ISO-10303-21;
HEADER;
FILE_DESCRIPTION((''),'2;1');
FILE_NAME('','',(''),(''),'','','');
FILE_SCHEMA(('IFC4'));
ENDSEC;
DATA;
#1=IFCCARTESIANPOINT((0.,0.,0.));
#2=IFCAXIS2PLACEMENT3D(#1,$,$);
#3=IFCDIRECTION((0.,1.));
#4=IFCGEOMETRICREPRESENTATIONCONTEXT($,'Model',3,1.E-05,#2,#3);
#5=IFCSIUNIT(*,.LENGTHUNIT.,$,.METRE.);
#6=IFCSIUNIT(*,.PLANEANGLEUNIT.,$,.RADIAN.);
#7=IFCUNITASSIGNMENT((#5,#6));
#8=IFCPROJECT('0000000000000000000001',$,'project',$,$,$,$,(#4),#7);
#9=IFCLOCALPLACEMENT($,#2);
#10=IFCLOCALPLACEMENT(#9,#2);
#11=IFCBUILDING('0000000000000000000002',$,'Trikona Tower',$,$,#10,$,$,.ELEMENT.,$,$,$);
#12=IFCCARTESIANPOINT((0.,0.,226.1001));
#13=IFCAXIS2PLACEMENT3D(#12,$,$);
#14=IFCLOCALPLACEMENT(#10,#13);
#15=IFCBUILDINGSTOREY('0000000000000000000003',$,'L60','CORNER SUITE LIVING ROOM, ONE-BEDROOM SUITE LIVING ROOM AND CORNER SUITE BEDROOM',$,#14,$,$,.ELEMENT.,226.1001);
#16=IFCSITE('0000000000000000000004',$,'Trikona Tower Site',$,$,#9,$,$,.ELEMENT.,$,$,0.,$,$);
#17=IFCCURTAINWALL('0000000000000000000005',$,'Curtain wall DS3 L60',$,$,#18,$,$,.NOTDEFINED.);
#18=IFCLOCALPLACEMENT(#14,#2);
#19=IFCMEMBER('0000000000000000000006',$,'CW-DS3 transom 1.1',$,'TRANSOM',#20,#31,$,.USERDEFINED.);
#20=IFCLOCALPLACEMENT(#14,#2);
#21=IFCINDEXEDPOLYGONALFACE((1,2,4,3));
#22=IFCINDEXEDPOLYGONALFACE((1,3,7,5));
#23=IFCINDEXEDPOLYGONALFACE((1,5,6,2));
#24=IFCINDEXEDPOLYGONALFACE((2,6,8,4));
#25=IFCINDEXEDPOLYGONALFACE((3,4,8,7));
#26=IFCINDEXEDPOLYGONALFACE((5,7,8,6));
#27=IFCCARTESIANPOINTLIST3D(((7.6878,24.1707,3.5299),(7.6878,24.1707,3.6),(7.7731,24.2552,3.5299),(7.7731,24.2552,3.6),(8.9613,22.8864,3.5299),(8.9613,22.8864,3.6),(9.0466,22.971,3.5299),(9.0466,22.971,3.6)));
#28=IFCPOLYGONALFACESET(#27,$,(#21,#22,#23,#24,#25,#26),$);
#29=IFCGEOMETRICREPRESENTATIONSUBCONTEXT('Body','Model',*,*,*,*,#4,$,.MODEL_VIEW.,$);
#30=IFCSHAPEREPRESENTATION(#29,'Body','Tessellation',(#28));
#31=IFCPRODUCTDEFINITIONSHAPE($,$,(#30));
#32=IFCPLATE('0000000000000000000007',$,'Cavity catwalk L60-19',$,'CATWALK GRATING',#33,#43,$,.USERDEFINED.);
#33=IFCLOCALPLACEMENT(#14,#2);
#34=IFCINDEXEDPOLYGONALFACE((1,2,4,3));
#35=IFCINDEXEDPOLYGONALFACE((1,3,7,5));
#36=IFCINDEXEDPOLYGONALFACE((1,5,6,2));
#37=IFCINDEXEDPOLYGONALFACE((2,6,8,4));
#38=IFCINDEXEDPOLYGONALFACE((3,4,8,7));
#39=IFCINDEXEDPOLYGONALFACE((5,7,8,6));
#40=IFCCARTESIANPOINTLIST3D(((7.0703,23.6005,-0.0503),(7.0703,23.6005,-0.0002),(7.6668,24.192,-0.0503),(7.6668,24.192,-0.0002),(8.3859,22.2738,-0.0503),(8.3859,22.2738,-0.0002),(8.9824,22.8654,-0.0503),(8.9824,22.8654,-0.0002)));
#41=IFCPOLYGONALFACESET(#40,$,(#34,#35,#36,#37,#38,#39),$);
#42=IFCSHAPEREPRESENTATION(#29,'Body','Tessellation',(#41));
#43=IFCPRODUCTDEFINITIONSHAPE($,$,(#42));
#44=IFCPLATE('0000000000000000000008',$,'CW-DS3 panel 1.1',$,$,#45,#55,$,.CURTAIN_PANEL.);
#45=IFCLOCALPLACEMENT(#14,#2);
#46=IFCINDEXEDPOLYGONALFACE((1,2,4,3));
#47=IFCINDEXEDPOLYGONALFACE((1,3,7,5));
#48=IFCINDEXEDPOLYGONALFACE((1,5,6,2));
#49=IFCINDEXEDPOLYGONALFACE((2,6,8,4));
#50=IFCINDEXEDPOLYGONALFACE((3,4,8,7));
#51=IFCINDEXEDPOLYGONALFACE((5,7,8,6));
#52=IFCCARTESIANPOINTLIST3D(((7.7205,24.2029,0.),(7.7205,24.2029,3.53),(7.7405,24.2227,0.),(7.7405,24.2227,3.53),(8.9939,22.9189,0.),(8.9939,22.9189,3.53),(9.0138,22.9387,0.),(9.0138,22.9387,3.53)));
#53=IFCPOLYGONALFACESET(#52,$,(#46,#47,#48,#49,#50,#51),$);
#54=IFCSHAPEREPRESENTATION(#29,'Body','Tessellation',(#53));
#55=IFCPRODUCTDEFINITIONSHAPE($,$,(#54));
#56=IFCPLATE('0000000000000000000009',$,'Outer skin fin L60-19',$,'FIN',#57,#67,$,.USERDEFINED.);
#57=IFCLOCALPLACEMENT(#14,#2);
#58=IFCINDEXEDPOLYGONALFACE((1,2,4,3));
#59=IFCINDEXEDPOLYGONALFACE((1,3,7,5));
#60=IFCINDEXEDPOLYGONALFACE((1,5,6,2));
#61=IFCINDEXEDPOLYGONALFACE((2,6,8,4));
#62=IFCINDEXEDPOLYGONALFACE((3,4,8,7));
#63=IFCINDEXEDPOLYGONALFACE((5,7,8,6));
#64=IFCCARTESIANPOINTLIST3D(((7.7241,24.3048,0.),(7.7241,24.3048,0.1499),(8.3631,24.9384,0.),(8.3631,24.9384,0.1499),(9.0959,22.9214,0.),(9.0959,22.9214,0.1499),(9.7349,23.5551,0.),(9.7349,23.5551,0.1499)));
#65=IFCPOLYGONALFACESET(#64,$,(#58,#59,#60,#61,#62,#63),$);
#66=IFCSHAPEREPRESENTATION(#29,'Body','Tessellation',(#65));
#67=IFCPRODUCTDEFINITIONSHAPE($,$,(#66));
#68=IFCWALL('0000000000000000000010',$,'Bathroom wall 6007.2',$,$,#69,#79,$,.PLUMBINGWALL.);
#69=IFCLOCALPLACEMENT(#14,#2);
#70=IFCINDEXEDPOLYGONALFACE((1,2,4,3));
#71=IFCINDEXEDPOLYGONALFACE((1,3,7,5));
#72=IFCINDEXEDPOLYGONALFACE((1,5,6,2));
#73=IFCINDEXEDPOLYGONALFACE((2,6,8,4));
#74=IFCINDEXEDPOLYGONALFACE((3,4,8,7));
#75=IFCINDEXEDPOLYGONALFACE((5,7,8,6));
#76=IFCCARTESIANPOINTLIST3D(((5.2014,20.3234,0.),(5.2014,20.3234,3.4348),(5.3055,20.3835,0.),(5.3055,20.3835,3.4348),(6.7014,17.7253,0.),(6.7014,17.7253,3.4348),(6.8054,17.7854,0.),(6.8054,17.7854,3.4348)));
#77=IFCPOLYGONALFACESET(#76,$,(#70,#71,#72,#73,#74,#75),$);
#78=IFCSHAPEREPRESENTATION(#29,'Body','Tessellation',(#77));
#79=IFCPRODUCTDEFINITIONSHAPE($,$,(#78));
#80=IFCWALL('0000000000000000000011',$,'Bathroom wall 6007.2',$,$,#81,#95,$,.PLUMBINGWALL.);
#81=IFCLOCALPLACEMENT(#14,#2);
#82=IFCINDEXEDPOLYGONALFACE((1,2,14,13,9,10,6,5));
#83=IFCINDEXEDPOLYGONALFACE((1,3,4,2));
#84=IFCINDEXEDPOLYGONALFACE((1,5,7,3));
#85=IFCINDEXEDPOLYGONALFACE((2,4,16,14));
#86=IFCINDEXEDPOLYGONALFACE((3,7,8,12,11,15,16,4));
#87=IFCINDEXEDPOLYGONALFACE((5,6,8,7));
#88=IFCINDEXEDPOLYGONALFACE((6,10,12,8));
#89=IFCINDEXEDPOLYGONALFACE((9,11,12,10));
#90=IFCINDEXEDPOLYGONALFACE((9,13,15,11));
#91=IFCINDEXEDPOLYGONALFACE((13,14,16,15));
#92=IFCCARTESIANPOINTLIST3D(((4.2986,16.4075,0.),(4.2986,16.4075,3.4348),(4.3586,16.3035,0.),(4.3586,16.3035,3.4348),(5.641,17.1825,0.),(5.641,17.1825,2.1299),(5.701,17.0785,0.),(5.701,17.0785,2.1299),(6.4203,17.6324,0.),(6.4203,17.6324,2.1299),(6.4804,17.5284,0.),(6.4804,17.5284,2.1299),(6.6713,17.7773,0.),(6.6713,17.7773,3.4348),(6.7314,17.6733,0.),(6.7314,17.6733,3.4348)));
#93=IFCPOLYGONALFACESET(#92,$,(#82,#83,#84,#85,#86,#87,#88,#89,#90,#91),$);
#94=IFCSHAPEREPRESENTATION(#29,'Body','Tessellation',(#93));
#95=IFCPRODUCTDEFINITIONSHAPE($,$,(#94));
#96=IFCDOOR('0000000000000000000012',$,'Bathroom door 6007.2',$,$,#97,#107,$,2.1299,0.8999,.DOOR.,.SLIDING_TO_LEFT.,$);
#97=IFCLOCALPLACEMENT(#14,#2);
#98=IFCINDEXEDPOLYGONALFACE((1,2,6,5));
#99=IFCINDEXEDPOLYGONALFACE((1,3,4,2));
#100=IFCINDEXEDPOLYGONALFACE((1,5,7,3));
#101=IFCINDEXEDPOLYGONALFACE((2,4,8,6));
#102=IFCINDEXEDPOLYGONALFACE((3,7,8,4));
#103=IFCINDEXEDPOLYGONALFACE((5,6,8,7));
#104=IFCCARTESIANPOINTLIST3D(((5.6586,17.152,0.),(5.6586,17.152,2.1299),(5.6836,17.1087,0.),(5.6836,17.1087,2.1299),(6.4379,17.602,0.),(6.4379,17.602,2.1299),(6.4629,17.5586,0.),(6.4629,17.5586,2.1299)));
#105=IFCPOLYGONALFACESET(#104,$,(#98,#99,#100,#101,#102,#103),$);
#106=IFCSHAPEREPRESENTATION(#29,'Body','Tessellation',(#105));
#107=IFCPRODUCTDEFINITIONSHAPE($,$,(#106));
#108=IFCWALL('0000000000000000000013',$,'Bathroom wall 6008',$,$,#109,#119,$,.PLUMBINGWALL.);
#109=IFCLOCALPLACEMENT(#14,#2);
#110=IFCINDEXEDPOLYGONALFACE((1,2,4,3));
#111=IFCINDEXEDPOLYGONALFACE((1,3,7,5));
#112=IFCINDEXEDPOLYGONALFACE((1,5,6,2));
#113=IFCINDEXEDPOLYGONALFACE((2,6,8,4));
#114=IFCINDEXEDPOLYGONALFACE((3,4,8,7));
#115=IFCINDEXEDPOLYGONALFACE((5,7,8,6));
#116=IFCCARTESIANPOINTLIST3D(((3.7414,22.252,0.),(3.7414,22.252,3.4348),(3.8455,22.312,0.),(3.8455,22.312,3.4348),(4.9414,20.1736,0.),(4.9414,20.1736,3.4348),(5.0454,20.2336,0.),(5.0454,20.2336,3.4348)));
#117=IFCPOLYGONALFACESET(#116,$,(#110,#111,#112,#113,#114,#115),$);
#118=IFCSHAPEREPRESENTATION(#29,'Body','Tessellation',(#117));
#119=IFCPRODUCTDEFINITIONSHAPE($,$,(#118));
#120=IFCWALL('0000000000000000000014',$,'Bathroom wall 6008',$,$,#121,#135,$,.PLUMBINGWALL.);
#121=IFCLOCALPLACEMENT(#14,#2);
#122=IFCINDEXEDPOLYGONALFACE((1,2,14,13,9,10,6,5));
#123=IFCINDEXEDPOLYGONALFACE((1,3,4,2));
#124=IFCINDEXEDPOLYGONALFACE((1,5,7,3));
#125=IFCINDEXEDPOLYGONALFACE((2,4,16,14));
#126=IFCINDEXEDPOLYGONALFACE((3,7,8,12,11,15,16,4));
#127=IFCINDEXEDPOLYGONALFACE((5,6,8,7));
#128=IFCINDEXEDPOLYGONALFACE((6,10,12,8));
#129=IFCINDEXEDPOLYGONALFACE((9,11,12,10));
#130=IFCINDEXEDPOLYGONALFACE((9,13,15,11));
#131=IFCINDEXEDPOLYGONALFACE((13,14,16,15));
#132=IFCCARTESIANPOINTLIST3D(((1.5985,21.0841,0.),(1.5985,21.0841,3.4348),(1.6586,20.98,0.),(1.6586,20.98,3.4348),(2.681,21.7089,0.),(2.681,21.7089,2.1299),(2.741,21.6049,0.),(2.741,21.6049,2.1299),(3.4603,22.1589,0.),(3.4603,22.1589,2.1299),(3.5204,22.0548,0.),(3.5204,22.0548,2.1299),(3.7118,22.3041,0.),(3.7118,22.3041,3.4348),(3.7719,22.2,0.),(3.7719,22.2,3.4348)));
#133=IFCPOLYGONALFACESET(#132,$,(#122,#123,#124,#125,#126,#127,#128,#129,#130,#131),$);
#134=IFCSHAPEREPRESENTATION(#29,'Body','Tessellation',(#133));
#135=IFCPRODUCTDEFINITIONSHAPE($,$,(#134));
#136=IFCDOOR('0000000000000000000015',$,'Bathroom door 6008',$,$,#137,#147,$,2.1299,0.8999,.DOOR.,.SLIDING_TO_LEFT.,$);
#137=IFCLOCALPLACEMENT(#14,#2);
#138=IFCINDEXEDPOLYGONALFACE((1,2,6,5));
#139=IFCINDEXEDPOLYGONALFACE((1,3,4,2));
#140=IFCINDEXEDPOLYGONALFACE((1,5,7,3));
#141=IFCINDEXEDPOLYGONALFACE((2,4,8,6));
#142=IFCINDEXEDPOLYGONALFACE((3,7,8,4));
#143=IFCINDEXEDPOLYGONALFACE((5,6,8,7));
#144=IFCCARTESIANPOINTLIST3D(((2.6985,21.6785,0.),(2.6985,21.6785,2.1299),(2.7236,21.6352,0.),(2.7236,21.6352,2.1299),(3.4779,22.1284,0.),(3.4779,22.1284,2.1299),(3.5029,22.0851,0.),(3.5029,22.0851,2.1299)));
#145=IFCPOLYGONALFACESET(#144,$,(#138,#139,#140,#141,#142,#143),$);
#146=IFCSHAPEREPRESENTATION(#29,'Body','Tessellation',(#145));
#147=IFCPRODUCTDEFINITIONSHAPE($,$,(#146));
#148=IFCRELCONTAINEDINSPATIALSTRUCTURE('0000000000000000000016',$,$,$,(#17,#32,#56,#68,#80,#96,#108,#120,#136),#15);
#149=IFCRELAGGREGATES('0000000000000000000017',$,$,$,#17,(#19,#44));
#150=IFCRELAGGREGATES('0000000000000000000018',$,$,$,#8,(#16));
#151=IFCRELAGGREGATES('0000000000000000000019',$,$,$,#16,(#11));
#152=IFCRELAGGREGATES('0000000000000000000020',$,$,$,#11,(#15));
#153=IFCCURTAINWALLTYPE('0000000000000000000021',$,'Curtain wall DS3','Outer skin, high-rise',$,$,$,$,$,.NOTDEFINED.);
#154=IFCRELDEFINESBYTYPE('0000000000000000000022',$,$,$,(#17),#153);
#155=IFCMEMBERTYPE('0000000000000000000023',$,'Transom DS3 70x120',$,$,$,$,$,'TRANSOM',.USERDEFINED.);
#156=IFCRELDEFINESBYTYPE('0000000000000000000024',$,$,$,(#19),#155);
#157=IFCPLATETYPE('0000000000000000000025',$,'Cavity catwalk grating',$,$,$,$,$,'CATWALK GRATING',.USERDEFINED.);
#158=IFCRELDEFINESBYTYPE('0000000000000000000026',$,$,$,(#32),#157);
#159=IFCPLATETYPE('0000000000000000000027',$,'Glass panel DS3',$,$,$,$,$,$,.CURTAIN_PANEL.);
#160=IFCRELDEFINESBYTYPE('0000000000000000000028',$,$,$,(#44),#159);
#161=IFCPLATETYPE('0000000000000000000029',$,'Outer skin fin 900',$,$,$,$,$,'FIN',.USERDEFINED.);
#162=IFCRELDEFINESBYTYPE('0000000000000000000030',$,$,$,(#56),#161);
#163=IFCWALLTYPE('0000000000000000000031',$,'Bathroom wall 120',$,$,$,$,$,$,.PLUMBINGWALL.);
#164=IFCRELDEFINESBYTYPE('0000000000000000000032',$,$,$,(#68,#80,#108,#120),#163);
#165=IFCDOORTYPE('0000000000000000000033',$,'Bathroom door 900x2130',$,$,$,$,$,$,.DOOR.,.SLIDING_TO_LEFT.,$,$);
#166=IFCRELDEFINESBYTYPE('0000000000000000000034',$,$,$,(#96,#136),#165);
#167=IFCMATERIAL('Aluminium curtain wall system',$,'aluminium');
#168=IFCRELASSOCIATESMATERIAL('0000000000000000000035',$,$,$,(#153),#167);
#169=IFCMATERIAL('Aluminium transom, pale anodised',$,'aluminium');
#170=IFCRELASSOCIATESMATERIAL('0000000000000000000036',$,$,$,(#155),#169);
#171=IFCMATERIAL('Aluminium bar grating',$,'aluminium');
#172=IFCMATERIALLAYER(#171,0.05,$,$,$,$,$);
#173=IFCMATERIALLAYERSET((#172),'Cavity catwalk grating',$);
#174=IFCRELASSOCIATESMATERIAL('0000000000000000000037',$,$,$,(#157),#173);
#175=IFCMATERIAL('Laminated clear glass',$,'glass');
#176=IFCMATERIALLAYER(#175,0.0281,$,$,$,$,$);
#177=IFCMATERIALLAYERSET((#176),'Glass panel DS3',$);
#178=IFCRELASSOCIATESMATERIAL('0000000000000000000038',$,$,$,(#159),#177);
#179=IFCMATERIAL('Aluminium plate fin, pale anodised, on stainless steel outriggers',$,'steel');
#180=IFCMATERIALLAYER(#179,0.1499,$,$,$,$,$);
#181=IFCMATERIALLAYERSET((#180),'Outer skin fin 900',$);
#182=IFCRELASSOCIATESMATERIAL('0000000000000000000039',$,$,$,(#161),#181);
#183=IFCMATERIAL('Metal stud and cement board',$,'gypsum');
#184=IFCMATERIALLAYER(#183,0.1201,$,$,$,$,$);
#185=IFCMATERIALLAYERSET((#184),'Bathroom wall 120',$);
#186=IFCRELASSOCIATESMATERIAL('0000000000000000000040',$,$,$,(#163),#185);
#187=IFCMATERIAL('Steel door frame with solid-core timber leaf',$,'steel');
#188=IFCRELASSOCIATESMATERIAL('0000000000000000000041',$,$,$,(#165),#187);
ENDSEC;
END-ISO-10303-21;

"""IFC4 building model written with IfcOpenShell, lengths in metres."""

from ifc_helpers import new_model, si_unit, direction, frame, frame_2d, origin, origin_2d, place, context, subcontext, project, spatial, rectangle, extrude, material, layer, layer_set, material_profile, profile_set, type_object, element, fill, aggregate, save


model = new_model("IFC4")

# Units and contexts
model_context = context("Model", 3, precision=1e-05, world=origin(), true_north=direction((0.0, 1.0)))
body_context = subcontext(model_context, "Body", "Model", "MODEL_VIEW")
ifc_project = project(units=[si_unit("LENGTHUNIT", "METRE"), si_unit("PLANEANGLEUNIT", "RADIAN")], contexts=[model_context])

# Site, building, storey
site_placement = place(None, origin())
site = spatial("IfcSite", under=ifc_project, at=site_placement, Name="Trikona Tower Site", CompositionType="ELEMENT", RefElevation=0.0)
building_placement = place(site_placement, origin())
building = spatial("IfcBuilding", under=site, at=building_placement, Name="Trikona Tower", CompositionType="ELEMENT")
storey_placement = place(building_placement, frame((0.0, 0.0, 226.1001)))
storey = spatial("IfcBuildingStorey", under=building, at=storey_placement, Name="L60", Description="CORNER SUITE LIVING ROOM, ONE-BEDROOM SUITE LIVING ROOM AND CORNER SUITE BEDROOM", CompositionType="ELEMENT", Elevation=226.1001)

# Shared definitions
ifc_material_1 = material(Name="Aluminium curtain wall system", Category="aluminium")
curtain_wall_type = type_object("IfcCurtainWallType", Name="Curtain wall DS3", Description="Outer skin, high-rise", PredefinedType="NOTDEFINED", material=ifc_material_1)

# Curtain wall
curtain_wall_1_placement = place(storey_placement, origin())
curtain_wall_1 = element("IfcCurtainWall", 1, at=curtain_wall_1_placement, inside=storey, type_object=curtain_wall_type, Name="Curtain wall DS3 L60", PredefinedType="NOTDEFINED")

# Member
ifc_material_2 = material(Name="Aluminium transom, pale anodised", Category="aluminium")
ifc_material_profile_1 = material_profile(ifc_material_2, rectangle(XDim=0.1201, YDim=0.0701, at=origin_2d()), Name="TRN-DS3")
ifc_profile_set_1 = profile_set([ifc_material_profile_1], Name="Aluminium transom, pale anodised")
member_type_1 = type_object("IfcMemberType", Name="Transom DS3 70x120", ElementType="TRANSOM", PredefinedType="USERDEFINED", material=ifc_profile_set_1)
member_1_placement = place(storey_placement, frame((9.0039, 22.9287, 3.5649), z_axis=(-0.704131, 0.71007, 0.0), x_axis=(-0.71007, -0.704131, 0.0)))
member_1 = element("IfcMember", 2, at=member_1_placement, type_object=member_type_1, Name="CW-DS3 transom 1.1", ObjectType="TRANSOM", PredefinedType="USERDEFINED", context=body_context, shape_type="SweptSolid", body=[
    extrude(rectangle(XDim=0.1201, YDim=0.0701, at=origin_2d()), origin(), (0.0, 0.0, 1.0), 1.8086),
])

# Plates
ifc_material_3 = material(Name="Aluminium bar grating", Category="aluminium")
ifc_layer_1 = layer(ifc_material_3, 0.05)
ifc_layer_set_1 = layer_set([ifc_layer_1], Name="Cavity catwalk grating")
plate_type_1 = type_object("IfcPlateType", Name="Cavity catwalk grating", ElementType="CATWALK GRATING", PredefinedType="USERDEFINED", material=ifc_layer_set_1)
plate_1_placement = place(storey_placement, frame((8.0264, 23.2329, -0.0503), z_axis=(0.0, 0.0, 1.0), x_axis=(-0.704151, 0.71005, 0.0)))
element("IfcPlate", 3, at=plate_1_placement, inside=storey, type_object=plate_type_1, Name="Cavity catwalk L60-19", ObjectType="CATWALK GRATING", PredefinedType="USERDEFINED", context=body_context, shape_type="SweptSolid", body=[
    extrude(rectangle(XDim=1.8684, YDim=0.8401, at=origin_2d()), origin(), (0.0, 0.0, 1.0), 0.05),
])
ifc_material_4 = material(Name="Laminated clear glass", Category="glass")
ifc_layer_2 = layer(ifc_material_4, 0.0281)
ifc_layer_set_2 = layer_set([ifc_layer_2], Name="Glass panel DS3")
plate_type_2 = type_object("IfcPlateType", Name="Glass panel DS3", PredefinedType="CURTAIN_PANEL", material=ifc_layer_set_2)
plate_2_placement = place(storey_placement, frame((8.3672, 23.5708, 0.0), z_axis=(0.0, 0.0, 1.0), x_axis=(-0.704149, 0.710052, 0.0)))
plate_2 = element("IfcPlate", 4, at=plate_2_placement, type_object=plate_type_2, Name="CW-DS3 panel 1.1", PredefinedType="CURTAIN_PANEL", context=body_context, shape_type="SweptSolid", body=[
    extrude(rectangle(XDim=1.8083, YDim=0.0281, at=origin_2d()), origin(), (0.0, 0.0, 1.0), 3.53),
])
aggregate(curtain_wall_1, [member_1, plate_2])
ifc_material_5 = material(Name="Aluminium plate fin, pale anodised, on stainless steel outriggers", Category="steel")
ifc_layer_3 = layer(ifc_material_5, 0.1499)
ifc_layer_set_3 = layer_set([ifc_layer_3], Name="Outer skin fin 900")
plate_type_3 = type_object("IfcPlateType", Name="Outer skin fin 900", ElementType="FIN", PredefinedType="USERDEFINED", material=ifc_layer_set_3)
plate_3_placement = place(storey_placement, frame((8.7295, 23.9299, 0.0), z_axis=(0.0, 0.0, 1.0), x_axis=(-0.704151, 0.71005, 0.0)))
element("IfcPlate", 5, at=plate_3_placement, inside=storey, type_object=plate_type_3, Name="Outer skin fin L60-19", ObjectType="FIN", PredefinedType="USERDEFINED", context=body_context, shape_type="SweptSolid", body=[
    extrude(rectangle(XDim=1.9482, YDim=0.8999, at=origin_2d()), origin(), (0.0, 0.0, 1.0), 0.1499),
])

# Wall
ifc_material_6 = material(Name="Metal stud and cement board", Category="gypsum")
ifc_layer_4 = layer(ifc_material_6, 0.1201)
ifc_layer_set_4 = layer_set([ifc_layer_4], Name="Bathroom wall 120")
wall_type_1 = type_object("IfcWallType", Name="Bathroom wall 120", PredefinedType="PLUMBINGWALL", material=ifc_layer_set_4)
wall_1_placement = place(storey_placement, frame((6.7534, 17.7554, 0.0), z_axis=(0.0, 0.0, 1.0), x_axis=(-0.49999, 0.866031, 0.0)))
element("IfcWall", 6, at=wall_1_placement, inside=storey, type_object=wall_type_1, Name="Bathroom wall 6007.2", PredefinedType="PLUMBINGWALL", context=body_context, shape_type="SweptSolid", body=[
    extrude(rectangle(XDim=3.0, YDim=0.1201, at=frame_2d((1.5, 0.0))), origin(), (0.0, 0.0, 1.0), 3.4348),
])

# Wall, opening, door
wall_2_placement = place(storey_placement, frame((4.3286, 16.3555, 0.0), z_axis=(0.0, 0.0, 1.0), x_axis=(0.866036, 0.499982, 0.0)))
wall_2 = element("IfcWall", 7, at=wall_2_placement, inside=storey, type_object=wall_type_1, Name="Bathroom wall 6007.2", PredefinedType="PLUMBINGWALL", context=body_context, shape_type="SweptSolid", body=[
    extrude(rectangle(XDim=2.7397, YDim=0.1201, at=frame_2d((1.3699, 0.0))), origin(), (0.0, 0.0, 1.0), 3.4348),
])
opening_1_placement = place(wall_2_placement, frame((1.55, 0.0, 0.0)))
opening_1 = element("IfcOpeningElement", 8, at=opening_1_placement, cuts=wall_2, PredefinedType="OPENING", context=body_context, shape_type="SweptSolid", body=[
    extrude(rectangle(XDim=0.8999, YDim=2.1299, at=frame_2d((0.45, 1.0649))), frame((0.0, 0.0701, 0.0), z_axis=(0.0, -1.0, 0.0), x_axis=(1.0, 0.0, 0.0)), (0.0, 0.0, 1.0), 0.1401),
])
ifc_material_7 = material(Name="Steel door frame with solid-core timber leaf", Category="steel")
door_type_1 = type_object("IfcDoorType", Name="Bathroom door 900x2130", OperationType="SLIDING_TO_LEFT", PredefinedType="DOOR", material=ifc_material_7)
door_1_placement = place(opening_1_placement, origin())
door_1 = element("IfcDoor", 9, at=door_1_placement, inside=storey, type_object=door_type_1, Name="Bathroom door 6007.2", OperationType="SLIDING_TO_LEFT", OverallHeight=2.1299, OverallWidth=0.8999, PredefinedType="DOOR", context=body_context, shape_type="SweptSolid", body=[
    extrude(rectangle(XDim=0.8999, YDim=2.1299, at=frame_2d((0.45, 1.0649))), frame((0.0, 0.0249, 0.0), z_axis=(0.0, -1.0, 0.0), x_axis=(1.0, 0.0, 0.0)), (0.0, 0.0, 1.0), 0.05),
])
fill(opening_1, door_1)

# Wall
wall_3_placement = place(storey_placement, frame((4.9934, 20.2036, 0.0), z_axis=(0.0, 0.0, 1.0), x_axis=(-0.500001, 0.866025, 0.0)))
element("IfcWall", 10, at=wall_3_placement, inside=storey, type_object=wall_type_1, Name="Bathroom wall 6008", PredefinedType="PLUMBINGWALL", context=body_context, shape_type="SweptSolid", body=[
    extrude(rectangle(XDim=2.3999, YDim=0.1201, at=frame_2d((1.2, 0.0))), origin(), (0.0, 0.0, 1.0), 3.4348),
])

# Wall, opening, door
wall_4_placement = place(storey_placement, frame((1.6284, 21.032, 0.0), z_axis=(0.0, 0.0, 1.0), x_axis=(0.866049, 0.499959, 0.0)))
wall_4 = element("IfcWall", 11, at=wall_4_placement, inside=storey, type_object=wall_type_1, Name="Bathroom wall 6008", PredefinedType="PLUMBINGWALL", context=body_context, shape_type="SweptSolid", body=[
    extrude(rectangle(XDim=2.4402, YDim=0.1201, at=frame_2d((1.2202, 0.0))), origin(), (0.0, 0.0, 1.0), 3.4348),
])
opening_2_placement = place(wall_4_placement, frame((1.25, 0.0, 0.0)))
opening_2 = element("IfcOpeningElement", 12, at=opening_2_placement, cuts=wall_4, PredefinedType="OPENING", context=body_context, shape_type="SweptSolid", body=[
    extrude(rectangle(XDim=0.8999, YDim=2.1299, at=frame_2d((0.45, 1.0649))), frame((0.0, 0.0701, 0.0), z_axis=(0.0, -1.0, 0.0), x_axis=(1.0, 0.0, 0.0)), (0.0, 0.0, 1.0), 0.1401),
])
door_2_placement = place(opening_2_placement, origin())
door_2 = element("IfcDoor", 13, at=door_2_placement, inside=storey, type_object=door_type_1, Name="Bathroom door 6008", OperationType="SLIDING_TO_LEFT", OverallHeight=2.1299, OverallWidth=0.8999, PredefinedType="DOOR", context=body_context, shape_type="SweptSolid", body=[
    extrude(rectangle(XDim=0.8999, YDim=2.1299, at=frame_2d((0.45, 1.0649))), frame((0.0, 0.0249, 0.0), z_axis=(0.0, -1.0, 0.0), x_axis=(1.0, 0.0, 0.0)), (0.0, 0.0, 1.0), 0.05),
])
fill(opening_2, door_2)

save(model, "model.ifc")
